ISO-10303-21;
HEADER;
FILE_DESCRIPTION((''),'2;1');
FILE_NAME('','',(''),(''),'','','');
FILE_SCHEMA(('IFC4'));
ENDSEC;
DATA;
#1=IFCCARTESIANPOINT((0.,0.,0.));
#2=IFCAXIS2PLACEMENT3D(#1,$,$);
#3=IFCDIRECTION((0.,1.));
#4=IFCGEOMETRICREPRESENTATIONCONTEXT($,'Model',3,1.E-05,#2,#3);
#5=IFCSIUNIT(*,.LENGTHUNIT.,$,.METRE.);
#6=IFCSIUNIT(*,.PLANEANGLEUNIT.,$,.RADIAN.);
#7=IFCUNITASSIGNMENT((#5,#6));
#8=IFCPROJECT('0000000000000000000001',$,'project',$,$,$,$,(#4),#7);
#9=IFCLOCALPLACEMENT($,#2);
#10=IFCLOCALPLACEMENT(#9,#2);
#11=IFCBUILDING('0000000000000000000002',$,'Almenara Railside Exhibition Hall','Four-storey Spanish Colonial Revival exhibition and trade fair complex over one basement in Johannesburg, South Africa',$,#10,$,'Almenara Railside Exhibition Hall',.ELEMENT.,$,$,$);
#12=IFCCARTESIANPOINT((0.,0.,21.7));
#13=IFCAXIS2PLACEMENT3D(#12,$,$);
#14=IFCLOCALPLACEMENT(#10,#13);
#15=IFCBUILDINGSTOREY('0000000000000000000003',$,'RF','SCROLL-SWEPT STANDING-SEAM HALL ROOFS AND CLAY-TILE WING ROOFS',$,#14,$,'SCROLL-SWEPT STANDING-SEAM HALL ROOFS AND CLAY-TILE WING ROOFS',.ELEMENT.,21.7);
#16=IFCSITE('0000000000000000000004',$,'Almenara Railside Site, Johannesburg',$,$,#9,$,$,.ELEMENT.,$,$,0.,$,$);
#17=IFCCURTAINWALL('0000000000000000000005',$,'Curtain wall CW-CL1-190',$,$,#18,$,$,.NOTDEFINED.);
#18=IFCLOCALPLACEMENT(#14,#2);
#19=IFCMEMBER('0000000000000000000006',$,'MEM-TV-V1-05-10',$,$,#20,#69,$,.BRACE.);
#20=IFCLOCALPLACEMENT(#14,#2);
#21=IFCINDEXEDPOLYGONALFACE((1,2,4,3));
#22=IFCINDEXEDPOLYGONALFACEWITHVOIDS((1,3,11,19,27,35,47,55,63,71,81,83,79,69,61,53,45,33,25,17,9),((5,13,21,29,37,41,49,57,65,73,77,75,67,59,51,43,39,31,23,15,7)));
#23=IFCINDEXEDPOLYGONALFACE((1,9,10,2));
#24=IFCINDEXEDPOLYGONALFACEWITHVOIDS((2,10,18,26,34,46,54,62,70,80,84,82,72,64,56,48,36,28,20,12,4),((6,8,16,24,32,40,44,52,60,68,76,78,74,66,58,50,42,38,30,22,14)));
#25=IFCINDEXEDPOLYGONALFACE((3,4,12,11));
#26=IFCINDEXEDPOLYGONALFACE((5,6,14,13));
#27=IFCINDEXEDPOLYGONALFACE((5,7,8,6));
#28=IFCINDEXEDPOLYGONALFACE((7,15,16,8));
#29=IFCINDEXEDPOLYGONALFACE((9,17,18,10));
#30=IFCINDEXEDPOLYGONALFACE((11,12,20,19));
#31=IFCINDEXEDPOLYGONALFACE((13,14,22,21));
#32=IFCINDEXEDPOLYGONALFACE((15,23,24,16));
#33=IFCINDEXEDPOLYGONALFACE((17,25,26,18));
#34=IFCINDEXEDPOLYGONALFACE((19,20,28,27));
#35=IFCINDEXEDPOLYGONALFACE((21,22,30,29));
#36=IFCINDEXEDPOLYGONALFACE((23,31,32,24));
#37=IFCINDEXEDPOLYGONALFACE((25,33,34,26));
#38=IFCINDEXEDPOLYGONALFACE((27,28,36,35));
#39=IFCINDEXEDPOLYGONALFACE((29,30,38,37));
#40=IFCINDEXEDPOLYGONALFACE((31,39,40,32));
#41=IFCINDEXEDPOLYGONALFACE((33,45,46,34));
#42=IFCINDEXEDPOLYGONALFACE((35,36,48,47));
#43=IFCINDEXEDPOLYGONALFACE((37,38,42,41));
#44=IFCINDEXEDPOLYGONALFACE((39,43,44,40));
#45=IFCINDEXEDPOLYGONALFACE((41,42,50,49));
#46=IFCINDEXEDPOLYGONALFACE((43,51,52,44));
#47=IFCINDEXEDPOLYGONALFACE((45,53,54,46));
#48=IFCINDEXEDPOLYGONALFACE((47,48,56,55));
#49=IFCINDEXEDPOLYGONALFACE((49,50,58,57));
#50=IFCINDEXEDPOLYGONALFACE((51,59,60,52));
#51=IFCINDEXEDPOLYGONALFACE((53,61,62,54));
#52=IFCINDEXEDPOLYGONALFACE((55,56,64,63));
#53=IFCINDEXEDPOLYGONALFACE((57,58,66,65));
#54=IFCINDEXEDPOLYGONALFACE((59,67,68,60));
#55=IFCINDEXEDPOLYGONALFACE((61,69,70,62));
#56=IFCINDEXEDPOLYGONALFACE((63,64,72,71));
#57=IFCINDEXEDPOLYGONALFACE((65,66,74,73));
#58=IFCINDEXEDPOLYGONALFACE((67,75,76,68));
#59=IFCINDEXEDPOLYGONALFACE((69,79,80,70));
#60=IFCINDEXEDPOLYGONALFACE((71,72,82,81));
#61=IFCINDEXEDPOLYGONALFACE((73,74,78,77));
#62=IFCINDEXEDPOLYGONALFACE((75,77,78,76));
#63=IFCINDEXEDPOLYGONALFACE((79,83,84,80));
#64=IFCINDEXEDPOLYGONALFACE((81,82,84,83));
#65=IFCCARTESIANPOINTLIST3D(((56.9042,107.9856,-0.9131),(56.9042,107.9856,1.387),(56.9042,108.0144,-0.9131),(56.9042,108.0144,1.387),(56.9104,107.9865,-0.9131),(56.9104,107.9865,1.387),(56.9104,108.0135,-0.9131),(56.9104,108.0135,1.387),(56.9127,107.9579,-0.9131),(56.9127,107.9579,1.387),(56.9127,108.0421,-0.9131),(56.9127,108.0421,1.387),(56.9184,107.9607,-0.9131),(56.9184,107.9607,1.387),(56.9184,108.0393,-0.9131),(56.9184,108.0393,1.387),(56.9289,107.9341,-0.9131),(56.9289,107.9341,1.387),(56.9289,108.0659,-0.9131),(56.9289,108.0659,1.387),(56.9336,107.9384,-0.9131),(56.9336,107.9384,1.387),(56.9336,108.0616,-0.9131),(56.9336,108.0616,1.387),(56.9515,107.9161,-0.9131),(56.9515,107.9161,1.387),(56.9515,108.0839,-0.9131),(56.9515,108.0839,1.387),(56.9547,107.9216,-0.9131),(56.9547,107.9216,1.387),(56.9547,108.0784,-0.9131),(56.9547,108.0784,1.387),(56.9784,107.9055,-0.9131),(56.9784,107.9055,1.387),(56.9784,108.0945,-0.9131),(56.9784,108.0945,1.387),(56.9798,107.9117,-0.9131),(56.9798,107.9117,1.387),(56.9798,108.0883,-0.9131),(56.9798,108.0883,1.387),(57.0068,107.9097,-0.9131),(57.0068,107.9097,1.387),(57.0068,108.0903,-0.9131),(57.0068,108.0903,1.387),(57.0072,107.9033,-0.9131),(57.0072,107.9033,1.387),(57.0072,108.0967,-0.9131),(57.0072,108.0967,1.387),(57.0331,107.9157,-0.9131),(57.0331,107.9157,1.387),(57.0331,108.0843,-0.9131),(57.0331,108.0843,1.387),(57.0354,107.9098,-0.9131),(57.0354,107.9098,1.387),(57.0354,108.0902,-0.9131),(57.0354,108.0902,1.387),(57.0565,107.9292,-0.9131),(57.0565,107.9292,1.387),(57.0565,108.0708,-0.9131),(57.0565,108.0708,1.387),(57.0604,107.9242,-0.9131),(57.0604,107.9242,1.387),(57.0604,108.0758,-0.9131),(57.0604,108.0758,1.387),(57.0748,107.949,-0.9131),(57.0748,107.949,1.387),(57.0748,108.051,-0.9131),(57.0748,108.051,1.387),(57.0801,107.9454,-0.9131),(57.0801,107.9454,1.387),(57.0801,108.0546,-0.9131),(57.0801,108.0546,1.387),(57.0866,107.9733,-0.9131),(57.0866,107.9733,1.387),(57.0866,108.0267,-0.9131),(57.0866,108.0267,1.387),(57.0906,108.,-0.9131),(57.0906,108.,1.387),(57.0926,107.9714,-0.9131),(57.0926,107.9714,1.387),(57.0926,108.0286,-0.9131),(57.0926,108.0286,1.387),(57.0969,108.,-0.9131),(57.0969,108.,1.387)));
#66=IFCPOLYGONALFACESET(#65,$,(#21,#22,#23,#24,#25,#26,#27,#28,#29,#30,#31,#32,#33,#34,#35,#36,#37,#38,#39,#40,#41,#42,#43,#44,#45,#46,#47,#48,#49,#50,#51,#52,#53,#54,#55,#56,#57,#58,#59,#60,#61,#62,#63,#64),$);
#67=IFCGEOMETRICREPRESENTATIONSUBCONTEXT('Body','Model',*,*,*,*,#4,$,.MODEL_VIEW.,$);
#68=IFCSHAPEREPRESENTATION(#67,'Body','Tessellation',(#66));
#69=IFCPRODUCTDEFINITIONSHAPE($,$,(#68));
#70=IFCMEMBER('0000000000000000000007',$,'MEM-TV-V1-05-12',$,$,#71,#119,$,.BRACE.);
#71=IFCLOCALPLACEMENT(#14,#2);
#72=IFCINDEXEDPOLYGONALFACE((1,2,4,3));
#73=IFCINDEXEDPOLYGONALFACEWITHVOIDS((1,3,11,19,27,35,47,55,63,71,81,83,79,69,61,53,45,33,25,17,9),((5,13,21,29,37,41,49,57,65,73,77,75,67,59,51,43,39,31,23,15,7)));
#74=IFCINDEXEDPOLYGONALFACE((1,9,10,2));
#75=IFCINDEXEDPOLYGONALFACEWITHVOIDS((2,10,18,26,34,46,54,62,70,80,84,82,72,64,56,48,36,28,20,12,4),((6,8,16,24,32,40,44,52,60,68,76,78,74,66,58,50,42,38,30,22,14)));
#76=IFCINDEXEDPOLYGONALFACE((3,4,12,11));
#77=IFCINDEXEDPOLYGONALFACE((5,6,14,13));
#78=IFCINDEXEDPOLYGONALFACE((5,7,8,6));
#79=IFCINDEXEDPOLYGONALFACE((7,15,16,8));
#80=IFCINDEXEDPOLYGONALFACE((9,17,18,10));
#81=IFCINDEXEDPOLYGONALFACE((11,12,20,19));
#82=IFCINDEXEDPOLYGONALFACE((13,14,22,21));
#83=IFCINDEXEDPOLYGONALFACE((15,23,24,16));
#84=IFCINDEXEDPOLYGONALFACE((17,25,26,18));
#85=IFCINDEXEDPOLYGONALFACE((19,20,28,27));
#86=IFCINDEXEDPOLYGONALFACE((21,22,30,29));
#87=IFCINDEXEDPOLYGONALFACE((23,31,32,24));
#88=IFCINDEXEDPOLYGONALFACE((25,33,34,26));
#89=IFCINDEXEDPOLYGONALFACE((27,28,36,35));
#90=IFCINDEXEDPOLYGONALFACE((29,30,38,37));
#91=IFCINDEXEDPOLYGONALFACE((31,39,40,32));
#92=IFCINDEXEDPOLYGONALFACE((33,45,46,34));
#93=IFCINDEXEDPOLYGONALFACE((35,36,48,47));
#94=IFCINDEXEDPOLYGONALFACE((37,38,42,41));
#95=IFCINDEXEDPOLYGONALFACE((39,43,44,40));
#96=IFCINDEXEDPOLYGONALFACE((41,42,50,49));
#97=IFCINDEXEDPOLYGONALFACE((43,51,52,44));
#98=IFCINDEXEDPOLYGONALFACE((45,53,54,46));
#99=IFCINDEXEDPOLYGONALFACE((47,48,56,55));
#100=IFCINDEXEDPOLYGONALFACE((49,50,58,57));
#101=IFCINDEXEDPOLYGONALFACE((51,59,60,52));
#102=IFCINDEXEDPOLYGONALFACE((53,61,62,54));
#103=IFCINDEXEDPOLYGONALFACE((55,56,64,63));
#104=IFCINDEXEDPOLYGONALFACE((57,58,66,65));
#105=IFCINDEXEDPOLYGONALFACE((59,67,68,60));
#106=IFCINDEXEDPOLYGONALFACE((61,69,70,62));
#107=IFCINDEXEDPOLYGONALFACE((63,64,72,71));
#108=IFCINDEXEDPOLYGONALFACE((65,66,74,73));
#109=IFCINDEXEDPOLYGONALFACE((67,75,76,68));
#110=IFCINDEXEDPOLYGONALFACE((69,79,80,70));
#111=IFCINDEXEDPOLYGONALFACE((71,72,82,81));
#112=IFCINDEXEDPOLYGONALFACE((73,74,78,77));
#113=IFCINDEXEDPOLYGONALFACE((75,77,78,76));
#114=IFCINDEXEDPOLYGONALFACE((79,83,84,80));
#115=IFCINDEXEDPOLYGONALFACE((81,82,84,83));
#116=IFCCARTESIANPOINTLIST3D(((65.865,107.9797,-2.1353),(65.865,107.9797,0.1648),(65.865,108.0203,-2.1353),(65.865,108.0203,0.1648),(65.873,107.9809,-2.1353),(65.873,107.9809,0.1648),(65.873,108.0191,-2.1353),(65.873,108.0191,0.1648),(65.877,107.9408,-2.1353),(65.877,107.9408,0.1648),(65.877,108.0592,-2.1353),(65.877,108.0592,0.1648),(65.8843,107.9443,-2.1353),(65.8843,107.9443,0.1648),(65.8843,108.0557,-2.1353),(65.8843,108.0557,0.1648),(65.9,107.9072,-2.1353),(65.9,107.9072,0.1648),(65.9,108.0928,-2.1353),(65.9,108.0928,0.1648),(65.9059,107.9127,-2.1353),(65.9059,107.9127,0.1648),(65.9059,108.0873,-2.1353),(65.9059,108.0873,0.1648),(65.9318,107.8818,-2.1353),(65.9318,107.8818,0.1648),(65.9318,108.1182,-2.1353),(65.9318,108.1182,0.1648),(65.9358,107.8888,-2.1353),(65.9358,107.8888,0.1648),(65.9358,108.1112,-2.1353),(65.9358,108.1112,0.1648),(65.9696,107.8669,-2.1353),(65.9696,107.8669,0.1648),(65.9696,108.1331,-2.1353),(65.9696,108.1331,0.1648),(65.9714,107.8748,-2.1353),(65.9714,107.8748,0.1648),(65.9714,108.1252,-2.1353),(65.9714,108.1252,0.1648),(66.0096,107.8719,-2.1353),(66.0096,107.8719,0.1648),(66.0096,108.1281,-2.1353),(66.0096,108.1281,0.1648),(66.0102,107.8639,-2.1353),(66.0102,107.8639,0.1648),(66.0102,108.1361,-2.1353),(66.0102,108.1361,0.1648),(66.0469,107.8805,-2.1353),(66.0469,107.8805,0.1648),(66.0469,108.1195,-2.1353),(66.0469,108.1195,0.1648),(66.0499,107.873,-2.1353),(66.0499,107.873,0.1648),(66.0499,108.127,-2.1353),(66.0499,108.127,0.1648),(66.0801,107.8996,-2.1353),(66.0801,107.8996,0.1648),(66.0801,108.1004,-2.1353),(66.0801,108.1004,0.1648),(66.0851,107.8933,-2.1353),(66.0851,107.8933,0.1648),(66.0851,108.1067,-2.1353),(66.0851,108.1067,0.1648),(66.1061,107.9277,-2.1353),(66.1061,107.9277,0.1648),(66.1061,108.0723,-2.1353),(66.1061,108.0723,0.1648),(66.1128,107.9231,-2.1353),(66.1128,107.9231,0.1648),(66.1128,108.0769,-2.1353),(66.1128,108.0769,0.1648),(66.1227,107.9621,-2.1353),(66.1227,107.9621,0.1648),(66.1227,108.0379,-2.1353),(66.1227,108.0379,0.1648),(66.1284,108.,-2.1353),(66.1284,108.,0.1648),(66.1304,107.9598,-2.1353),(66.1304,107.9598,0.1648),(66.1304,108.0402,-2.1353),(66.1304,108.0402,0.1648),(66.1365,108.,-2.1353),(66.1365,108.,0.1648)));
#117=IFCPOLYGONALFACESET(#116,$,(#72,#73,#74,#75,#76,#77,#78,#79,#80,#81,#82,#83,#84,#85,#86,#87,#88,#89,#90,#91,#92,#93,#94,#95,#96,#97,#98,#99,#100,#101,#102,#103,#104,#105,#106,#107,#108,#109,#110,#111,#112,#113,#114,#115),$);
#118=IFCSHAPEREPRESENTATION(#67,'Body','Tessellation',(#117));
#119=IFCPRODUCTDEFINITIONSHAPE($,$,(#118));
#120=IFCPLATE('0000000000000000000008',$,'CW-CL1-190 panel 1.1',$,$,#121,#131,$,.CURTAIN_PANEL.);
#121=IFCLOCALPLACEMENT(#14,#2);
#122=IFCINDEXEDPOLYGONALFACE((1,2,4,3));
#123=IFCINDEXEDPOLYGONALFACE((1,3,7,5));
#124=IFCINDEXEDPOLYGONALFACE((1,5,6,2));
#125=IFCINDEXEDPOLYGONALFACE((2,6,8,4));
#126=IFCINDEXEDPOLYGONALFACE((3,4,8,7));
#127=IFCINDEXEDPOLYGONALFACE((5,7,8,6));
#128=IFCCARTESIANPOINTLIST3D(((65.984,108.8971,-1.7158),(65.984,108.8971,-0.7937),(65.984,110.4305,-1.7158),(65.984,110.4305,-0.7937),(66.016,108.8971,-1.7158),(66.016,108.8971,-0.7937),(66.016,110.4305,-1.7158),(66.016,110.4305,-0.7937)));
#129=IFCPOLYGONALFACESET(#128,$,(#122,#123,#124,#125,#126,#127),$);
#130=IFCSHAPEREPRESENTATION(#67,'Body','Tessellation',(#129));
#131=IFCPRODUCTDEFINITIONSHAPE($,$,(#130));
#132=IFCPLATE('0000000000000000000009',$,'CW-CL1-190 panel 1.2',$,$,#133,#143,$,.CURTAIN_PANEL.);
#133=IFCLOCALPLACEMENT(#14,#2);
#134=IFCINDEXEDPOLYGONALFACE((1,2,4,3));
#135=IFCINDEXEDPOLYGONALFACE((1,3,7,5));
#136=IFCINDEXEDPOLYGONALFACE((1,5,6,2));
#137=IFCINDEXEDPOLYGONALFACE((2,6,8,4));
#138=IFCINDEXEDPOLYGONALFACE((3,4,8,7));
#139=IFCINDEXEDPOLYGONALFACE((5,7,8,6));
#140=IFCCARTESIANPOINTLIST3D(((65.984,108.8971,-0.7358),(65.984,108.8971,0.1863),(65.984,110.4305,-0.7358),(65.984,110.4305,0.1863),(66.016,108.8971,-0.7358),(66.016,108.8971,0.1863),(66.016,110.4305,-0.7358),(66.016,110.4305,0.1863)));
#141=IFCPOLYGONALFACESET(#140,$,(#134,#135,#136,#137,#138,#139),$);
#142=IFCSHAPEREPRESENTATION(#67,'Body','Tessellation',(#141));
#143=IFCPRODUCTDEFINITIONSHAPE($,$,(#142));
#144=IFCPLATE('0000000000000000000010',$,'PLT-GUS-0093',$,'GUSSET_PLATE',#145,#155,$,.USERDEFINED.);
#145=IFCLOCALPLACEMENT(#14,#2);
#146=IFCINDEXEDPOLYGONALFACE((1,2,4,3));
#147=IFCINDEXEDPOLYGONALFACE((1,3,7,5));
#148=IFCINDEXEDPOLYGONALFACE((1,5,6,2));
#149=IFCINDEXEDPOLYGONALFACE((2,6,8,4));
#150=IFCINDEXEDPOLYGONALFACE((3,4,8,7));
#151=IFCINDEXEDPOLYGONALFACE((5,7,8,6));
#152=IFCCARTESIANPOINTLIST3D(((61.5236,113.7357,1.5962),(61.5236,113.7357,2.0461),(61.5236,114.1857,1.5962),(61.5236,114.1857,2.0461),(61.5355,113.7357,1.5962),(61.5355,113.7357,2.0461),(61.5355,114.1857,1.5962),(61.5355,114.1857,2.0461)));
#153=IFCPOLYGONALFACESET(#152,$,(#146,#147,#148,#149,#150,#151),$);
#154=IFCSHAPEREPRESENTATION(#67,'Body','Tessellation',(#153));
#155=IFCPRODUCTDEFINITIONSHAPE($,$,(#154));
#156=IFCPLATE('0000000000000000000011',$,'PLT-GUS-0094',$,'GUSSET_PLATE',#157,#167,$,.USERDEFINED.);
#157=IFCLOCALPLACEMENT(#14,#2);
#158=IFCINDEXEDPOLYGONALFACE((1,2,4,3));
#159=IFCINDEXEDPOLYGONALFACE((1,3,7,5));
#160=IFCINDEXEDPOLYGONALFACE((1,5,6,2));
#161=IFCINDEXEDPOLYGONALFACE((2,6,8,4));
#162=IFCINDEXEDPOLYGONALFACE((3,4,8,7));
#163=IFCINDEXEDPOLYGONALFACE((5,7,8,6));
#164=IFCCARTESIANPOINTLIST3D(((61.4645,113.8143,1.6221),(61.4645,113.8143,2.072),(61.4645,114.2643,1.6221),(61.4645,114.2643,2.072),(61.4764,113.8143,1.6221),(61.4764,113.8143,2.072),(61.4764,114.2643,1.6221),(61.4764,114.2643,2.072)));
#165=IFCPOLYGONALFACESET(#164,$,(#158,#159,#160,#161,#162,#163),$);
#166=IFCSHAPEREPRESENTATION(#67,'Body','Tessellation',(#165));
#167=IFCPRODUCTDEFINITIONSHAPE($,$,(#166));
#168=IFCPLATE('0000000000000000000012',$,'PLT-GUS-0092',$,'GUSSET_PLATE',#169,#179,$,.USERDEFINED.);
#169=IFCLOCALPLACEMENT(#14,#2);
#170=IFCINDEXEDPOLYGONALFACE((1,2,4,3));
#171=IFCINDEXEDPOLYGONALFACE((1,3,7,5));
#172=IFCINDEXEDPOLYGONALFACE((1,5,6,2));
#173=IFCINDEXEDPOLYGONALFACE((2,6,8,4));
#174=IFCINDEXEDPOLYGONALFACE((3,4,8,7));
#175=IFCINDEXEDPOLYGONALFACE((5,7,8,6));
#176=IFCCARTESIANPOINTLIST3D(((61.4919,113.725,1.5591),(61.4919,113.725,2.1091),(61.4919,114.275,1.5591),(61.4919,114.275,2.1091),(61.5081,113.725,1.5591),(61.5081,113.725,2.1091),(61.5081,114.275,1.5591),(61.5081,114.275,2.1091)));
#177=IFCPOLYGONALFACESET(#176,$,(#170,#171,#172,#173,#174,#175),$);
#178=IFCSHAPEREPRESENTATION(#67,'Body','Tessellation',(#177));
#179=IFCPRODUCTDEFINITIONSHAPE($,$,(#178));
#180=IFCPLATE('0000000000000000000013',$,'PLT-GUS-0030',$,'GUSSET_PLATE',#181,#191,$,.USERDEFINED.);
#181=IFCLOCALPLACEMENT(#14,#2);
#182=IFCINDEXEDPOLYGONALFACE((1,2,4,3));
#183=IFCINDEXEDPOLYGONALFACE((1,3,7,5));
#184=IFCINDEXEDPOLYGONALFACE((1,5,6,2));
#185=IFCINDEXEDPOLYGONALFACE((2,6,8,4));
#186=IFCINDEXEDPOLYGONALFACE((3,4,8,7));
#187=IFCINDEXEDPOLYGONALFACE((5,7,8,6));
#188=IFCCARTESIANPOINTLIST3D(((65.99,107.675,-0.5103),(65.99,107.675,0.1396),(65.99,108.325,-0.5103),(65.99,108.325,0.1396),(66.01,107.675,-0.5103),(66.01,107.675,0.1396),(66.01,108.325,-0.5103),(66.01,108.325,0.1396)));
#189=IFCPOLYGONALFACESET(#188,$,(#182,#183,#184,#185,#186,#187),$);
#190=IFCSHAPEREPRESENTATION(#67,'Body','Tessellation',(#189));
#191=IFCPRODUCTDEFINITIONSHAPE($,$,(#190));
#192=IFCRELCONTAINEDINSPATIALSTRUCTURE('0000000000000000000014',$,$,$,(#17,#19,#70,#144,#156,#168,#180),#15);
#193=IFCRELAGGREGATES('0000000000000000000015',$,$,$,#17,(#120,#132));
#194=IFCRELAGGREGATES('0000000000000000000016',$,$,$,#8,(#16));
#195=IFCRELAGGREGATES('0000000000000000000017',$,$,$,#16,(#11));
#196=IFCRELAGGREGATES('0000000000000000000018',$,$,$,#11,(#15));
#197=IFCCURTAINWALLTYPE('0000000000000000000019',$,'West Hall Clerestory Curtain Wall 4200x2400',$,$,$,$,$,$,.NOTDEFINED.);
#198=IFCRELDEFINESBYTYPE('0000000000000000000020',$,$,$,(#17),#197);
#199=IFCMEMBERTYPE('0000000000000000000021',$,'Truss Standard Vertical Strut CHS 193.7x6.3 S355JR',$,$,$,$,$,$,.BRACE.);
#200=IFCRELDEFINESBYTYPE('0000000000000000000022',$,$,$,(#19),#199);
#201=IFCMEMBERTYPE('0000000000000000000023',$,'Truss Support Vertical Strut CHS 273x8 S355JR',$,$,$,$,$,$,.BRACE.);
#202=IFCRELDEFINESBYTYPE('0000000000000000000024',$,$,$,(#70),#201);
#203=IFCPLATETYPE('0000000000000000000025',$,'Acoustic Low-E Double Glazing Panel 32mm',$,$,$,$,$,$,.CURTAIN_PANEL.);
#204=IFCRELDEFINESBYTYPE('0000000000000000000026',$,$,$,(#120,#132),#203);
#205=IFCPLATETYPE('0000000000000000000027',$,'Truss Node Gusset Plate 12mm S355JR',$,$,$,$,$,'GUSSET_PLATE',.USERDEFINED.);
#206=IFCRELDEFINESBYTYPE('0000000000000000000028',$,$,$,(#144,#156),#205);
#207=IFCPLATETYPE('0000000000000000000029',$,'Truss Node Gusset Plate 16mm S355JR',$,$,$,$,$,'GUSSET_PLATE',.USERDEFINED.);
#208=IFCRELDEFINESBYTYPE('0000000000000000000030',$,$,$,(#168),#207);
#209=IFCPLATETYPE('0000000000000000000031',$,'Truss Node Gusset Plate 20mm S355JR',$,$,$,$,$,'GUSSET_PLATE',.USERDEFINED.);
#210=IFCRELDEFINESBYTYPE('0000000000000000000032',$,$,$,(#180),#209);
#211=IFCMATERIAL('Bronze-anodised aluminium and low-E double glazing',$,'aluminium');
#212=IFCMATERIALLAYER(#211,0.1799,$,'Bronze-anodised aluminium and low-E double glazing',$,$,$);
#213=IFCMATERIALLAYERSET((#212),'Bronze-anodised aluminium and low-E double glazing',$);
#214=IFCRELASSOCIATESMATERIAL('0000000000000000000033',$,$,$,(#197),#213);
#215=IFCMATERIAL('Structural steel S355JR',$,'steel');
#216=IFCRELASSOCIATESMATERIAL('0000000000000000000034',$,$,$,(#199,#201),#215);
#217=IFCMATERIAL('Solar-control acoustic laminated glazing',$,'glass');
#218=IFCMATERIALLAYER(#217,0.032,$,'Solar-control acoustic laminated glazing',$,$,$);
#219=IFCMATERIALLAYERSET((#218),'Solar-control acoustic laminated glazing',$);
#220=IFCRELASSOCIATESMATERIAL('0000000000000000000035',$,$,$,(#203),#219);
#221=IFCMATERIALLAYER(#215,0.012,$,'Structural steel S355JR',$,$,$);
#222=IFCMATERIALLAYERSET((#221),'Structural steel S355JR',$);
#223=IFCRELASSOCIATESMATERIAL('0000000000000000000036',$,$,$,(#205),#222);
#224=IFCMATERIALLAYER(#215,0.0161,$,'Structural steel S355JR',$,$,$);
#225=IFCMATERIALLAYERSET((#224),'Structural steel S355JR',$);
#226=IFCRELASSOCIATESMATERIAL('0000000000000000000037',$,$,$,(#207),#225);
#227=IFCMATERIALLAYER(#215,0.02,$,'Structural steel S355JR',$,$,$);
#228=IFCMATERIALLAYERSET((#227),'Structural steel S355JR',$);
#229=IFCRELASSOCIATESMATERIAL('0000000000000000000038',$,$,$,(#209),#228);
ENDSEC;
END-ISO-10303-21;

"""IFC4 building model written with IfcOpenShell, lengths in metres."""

from ifc_helpers import new_model, si_unit, direction, frame, origin, origin_2d, place, context, subcontext, project, spatial, rectangle, hollow_circle, extrude, material, layer, layer_set, material_profile, profile_set, type_object, element, aggregate, save


model = new_model("IFC4")

# Units and contexts
model_context = context("Model", 3, precision=1e-05, world=origin(), true_north=direction((0.0, 1.0)))
body_context = subcontext(model_context, "Body", "Model", "MODEL_VIEW")
ifc_project = project(units=[si_unit("LENGTHUNIT", "METRE"), si_unit("PLANEANGLEUNIT", "RADIAN")], contexts=[model_context])

# Site, building, storey
site_placement = place(None, origin())
site = spatial("IfcSite", under=ifc_project, at=site_placement, Name="Almenara Railside Site, Johannesburg", CompositionType="ELEMENT", RefElevation=0.0)
building_placement = place(site_placement, origin())
building = spatial("IfcBuilding", under=site, at=building_placement, Name="Almenara Railside Exhibition Hall", Description="Four-storey Spanish Colonial Revival exhibition and trade fair complex over one basement in Johannesburg, South Africa", LongName="Almenara Railside Exhibition Hall", CompositionType="ELEMENT")
storey_placement = place(building_placement, frame((0.0, 0.0, 21.7)))
storey = spatial("IfcBuildingStorey", under=building, at=storey_placement, Name="RF", Description="SCROLL-SWEPT STANDING-SEAM HALL ROOFS AND CLAY-TILE WING ROOFS", LongName="SCROLL-SWEPT STANDING-SEAM HALL ROOFS AND CLAY-TILE WING ROOFS", CompositionType="ELEMENT", Elevation=21.7)

# Shared definitions
ifc_material_1 = material(Name="Structural steel S355JR", Category="steel")

# Curtain wall
ifc_material_2 = material(Name="Bronze-anodised aluminium and low-E double glazing", Category="aluminium")
ifc_layer_1 = layer(ifc_material_2, 0.1799, Name="Bronze-anodised aluminium and low-E double glazing")
ifc_layer_set_1 = layer_set([ifc_layer_1], Name="Bronze-anodised aluminium and low-E double glazing")
curtain_wall_type = type_object("IfcCurtainWallType", Name="West Hall Clerestory Curtain Wall 4200x2400", PredefinedType="NOTDEFINED", material=ifc_layer_set_1)
curtain_wall_placement = place(storey_placement, origin())
curtain_wall = element("IfcCurtainWall", 1, at=curtain_wall_placement, inside=storey, type_object=curtain_wall_type, Name="Curtain wall CW-CL1-190", PredefinedType="NOTDEFINED")

# Members
ifc_material_profile_1 = material_profile(ifc_material_1, hollow_circle(Radius=0.0969, WallThickness=0.0063, at=origin_2d()), Name="CHS 193.7x6.3")
ifc_profile_set_1 = profile_set([ifc_material_profile_1], Name="Structural steel S355JR")
member_type_1 = type_object("IfcMemberType", Name="Truss Standard Vertical Strut CHS 193.7x6.3 S355JR", PredefinedType="BRACE", material=ifc_profile_set_1)
member_1_placement = place(storey_placement, frame((57.0, 108.0, -0.9131), z_axis=(0.0, 0.0, 1.0), x_axis=(1.0, 0.0, 0.0)))
element("IfcMember", 2, at=member_1_placement, inside=storey, type_object=member_type_1, Name="MEM-TV-V1-05-10", PredefinedType="BRACE", context=body_context, shape_type="SweptSolid", body=[
    extrude(hollow_circle(Radius=0.0969, WallThickness=0.0063, at=origin_2d()), origin(), (0.0, 0.0, 1.0), 2.3),
])
ifc_material_profile_2 = material_profile(ifc_material_1, hollow_circle(Radius=0.1365, WallThickness=0.0081, at=origin_2d()), Name="CHS 273x8")
ifc_profile_set_2 = profile_set([ifc_material_profile_2], Name="Structural steel S355JR")
member_type_2 = type_object("IfcMemberType", Name="Truss Support Vertical Strut CHS 273x8 S355JR", PredefinedType="BRACE", material=ifc_profile_set_2)
member_2_placement = place(storey_placement, frame((66.0, 108.0, -2.1353), z_axis=(0.0, 0.0, 1.0), x_axis=(1.0, 0.0, 0.0)))
element("IfcMember", 3, at=member_2_placement, inside=storey, type_object=member_type_2, Name="MEM-TV-V1-05-12", PredefinedType="BRACE", context=body_context, shape_type="SweptSolid", body=[
    extrude(hollow_circle(Radius=0.1365, WallThickness=0.0081, at=origin_2d()), origin(), (0.0, 0.0, 1.0), 2.3),
])

# Plates
ifc_material_3 = material(Name="Solar-control acoustic laminated glazing", Category="glass")
ifc_layer_2 = layer(ifc_material_3, 0.032, Name="Solar-control acoustic laminated glazing")
ifc_layer_set_2 = layer_set([ifc_layer_2], Name="Solar-control acoustic laminated glazing")
plate_type_1 = type_object("IfcPlateType", Name="Acoustic Low-E Double Glazing Panel 32mm", PredefinedType="CURTAIN_PANEL", material=ifc_layer_set_2)
plate_1_placement = place(storey_placement, frame((66.0, 109.6638, -1.7158), z_axis=(0.0, 0.0, 1.0), x_axis=(0.0, 1.0, 0.0)))
plate_1 = element("IfcPlate", 4, at=plate_1_placement, type_object=plate_type_1, Name="CW-CL1-190 panel 1.1", PredefinedType="CURTAIN_PANEL", context=body_context, shape_type="SweptSolid", body=[
    extrude(rectangle(XDim=1.5334, YDim=0.032, at=origin_2d()), origin(), (0.0, 0.0, 1.0), 0.9221),
])
plate_2_placement = place(storey_placement, frame((66.0, 109.6638, -0.7358), z_axis=(0.0, 0.0, 1.0), x_axis=(0.0, 1.0, 0.0)))
plate_2 = element("IfcPlate", 5, at=plate_2_placement, type_object=plate_type_1, Name="CW-CL1-190 panel 1.2", PredefinedType="CURTAIN_PANEL", context=body_context, shape_type="SweptSolid", body=[
    extrude(rectangle(XDim=1.5334, YDim=0.032, at=origin_2d()), origin(), (0.0, 0.0, 1.0), 0.9221),
])
aggregate(curtain_wall, [plate_1, plate_2])

# Plates
ifc_layer_3 = layer(ifc_material_1, 0.012, Name="Structural steel S355JR")
ifc_layer_set_3 = layer_set([ifc_layer_3], Name="Structural steel S355JR")
plate_type_2 = type_object("IfcPlateType", Name="Truss Node Gusset Plate 12mm S355JR", ElementType="GUSSET_PLATE", PredefinedType="USERDEFINED", material=ifc_layer_set_3)
for number, where, z_axis, x_axis, name in (
    (6, (61.5295, 113.9607, 1.5962), (0.0, 0.0, 1.0), (0.0, 1.0, 0.0), "PLT-GUS-0093"),
    (7, (61.4705, 114.0393, 1.6221), (0.0, 0.0, 1.0), (0.0, 1.0, 0.0), "PLT-GUS-0094"),
):
    element("IfcPlate", number, at=place(storey_placement, frame(where, z_axis=z_axis, x_axis=x_axis)), inside=storey, type_object=plate_type_2, Name=name, ObjectType="GUSSET_PLATE", PredefinedType="USERDEFINED", context=body_context, shape_type="SweptSolid", body=[
        extrude(rectangle(XDim=0.45, YDim=0.012, at=origin_2d()), origin(), (0.0, 0.0, 1.0), 0.45),
    ])
ifc_layer_4 = layer(ifc_material_1, 0.0161, Name="Structural steel S355JR")
ifc_layer_set_4 = layer_set([ifc_layer_4], Name="Structural steel S355JR")
plate_type_3 = type_object("IfcPlateType", Name="Truss Node Gusset Plate 16mm S355JR", ElementType="GUSSET_PLATE", PredefinedType="USERDEFINED", material=ifc_layer_set_4)
plate_3_placement = place(storey_placement, frame((61.5, 114.0, 1.5591), z_axis=(0.0, 0.0, 1.0), x_axis=(0.0, 1.0, 0.0)))
element("IfcPlate", 8, at=plate_3_placement, inside=storey, type_object=plate_type_3, Name="PLT-GUS-0092", ObjectType="GUSSET_PLATE", PredefinedType="USERDEFINED", context=body_context, shape_type="SweptSolid", body=[
    extrude(rectangle(XDim=0.55, YDim=0.0161, at=origin_2d()), origin(), (0.0, 0.0, 1.0), 0.55),
])
ifc_layer_5 = layer(ifc_material_1, 0.02, Name="Structural steel S355JR")
ifc_layer_set_5 = layer_set([ifc_layer_5], Name="Structural steel S355JR")
plate_type_4 = type_object("IfcPlateType", Name="Truss Node Gusset Plate 20mm S355JR", ElementType="GUSSET_PLATE", PredefinedType="USERDEFINED", material=ifc_layer_set_5)
plate_4_placement = place(storey_placement, frame((66.0, 108.0, -0.5103), z_axis=(0.0, 0.0, 1.0), x_axis=(0.0, 1.0, 0.0)))
element("IfcPlate", 9, at=plate_4_placement, inside=storey, type_object=plate_type_4, Name="PLT-GUS-0030", ObjectType="GUSSET_PLATE", PredefinedType="USERDEFINED", context=body_context, shape_type="SweptSolid", body=[
    extrude(rectangle(XDim=0.6499, YDim=0.02, at=origin_2d()), origin(), (0.0, 0.0, 1.0), 0.6499),
])

save(model, "model.ifc")
